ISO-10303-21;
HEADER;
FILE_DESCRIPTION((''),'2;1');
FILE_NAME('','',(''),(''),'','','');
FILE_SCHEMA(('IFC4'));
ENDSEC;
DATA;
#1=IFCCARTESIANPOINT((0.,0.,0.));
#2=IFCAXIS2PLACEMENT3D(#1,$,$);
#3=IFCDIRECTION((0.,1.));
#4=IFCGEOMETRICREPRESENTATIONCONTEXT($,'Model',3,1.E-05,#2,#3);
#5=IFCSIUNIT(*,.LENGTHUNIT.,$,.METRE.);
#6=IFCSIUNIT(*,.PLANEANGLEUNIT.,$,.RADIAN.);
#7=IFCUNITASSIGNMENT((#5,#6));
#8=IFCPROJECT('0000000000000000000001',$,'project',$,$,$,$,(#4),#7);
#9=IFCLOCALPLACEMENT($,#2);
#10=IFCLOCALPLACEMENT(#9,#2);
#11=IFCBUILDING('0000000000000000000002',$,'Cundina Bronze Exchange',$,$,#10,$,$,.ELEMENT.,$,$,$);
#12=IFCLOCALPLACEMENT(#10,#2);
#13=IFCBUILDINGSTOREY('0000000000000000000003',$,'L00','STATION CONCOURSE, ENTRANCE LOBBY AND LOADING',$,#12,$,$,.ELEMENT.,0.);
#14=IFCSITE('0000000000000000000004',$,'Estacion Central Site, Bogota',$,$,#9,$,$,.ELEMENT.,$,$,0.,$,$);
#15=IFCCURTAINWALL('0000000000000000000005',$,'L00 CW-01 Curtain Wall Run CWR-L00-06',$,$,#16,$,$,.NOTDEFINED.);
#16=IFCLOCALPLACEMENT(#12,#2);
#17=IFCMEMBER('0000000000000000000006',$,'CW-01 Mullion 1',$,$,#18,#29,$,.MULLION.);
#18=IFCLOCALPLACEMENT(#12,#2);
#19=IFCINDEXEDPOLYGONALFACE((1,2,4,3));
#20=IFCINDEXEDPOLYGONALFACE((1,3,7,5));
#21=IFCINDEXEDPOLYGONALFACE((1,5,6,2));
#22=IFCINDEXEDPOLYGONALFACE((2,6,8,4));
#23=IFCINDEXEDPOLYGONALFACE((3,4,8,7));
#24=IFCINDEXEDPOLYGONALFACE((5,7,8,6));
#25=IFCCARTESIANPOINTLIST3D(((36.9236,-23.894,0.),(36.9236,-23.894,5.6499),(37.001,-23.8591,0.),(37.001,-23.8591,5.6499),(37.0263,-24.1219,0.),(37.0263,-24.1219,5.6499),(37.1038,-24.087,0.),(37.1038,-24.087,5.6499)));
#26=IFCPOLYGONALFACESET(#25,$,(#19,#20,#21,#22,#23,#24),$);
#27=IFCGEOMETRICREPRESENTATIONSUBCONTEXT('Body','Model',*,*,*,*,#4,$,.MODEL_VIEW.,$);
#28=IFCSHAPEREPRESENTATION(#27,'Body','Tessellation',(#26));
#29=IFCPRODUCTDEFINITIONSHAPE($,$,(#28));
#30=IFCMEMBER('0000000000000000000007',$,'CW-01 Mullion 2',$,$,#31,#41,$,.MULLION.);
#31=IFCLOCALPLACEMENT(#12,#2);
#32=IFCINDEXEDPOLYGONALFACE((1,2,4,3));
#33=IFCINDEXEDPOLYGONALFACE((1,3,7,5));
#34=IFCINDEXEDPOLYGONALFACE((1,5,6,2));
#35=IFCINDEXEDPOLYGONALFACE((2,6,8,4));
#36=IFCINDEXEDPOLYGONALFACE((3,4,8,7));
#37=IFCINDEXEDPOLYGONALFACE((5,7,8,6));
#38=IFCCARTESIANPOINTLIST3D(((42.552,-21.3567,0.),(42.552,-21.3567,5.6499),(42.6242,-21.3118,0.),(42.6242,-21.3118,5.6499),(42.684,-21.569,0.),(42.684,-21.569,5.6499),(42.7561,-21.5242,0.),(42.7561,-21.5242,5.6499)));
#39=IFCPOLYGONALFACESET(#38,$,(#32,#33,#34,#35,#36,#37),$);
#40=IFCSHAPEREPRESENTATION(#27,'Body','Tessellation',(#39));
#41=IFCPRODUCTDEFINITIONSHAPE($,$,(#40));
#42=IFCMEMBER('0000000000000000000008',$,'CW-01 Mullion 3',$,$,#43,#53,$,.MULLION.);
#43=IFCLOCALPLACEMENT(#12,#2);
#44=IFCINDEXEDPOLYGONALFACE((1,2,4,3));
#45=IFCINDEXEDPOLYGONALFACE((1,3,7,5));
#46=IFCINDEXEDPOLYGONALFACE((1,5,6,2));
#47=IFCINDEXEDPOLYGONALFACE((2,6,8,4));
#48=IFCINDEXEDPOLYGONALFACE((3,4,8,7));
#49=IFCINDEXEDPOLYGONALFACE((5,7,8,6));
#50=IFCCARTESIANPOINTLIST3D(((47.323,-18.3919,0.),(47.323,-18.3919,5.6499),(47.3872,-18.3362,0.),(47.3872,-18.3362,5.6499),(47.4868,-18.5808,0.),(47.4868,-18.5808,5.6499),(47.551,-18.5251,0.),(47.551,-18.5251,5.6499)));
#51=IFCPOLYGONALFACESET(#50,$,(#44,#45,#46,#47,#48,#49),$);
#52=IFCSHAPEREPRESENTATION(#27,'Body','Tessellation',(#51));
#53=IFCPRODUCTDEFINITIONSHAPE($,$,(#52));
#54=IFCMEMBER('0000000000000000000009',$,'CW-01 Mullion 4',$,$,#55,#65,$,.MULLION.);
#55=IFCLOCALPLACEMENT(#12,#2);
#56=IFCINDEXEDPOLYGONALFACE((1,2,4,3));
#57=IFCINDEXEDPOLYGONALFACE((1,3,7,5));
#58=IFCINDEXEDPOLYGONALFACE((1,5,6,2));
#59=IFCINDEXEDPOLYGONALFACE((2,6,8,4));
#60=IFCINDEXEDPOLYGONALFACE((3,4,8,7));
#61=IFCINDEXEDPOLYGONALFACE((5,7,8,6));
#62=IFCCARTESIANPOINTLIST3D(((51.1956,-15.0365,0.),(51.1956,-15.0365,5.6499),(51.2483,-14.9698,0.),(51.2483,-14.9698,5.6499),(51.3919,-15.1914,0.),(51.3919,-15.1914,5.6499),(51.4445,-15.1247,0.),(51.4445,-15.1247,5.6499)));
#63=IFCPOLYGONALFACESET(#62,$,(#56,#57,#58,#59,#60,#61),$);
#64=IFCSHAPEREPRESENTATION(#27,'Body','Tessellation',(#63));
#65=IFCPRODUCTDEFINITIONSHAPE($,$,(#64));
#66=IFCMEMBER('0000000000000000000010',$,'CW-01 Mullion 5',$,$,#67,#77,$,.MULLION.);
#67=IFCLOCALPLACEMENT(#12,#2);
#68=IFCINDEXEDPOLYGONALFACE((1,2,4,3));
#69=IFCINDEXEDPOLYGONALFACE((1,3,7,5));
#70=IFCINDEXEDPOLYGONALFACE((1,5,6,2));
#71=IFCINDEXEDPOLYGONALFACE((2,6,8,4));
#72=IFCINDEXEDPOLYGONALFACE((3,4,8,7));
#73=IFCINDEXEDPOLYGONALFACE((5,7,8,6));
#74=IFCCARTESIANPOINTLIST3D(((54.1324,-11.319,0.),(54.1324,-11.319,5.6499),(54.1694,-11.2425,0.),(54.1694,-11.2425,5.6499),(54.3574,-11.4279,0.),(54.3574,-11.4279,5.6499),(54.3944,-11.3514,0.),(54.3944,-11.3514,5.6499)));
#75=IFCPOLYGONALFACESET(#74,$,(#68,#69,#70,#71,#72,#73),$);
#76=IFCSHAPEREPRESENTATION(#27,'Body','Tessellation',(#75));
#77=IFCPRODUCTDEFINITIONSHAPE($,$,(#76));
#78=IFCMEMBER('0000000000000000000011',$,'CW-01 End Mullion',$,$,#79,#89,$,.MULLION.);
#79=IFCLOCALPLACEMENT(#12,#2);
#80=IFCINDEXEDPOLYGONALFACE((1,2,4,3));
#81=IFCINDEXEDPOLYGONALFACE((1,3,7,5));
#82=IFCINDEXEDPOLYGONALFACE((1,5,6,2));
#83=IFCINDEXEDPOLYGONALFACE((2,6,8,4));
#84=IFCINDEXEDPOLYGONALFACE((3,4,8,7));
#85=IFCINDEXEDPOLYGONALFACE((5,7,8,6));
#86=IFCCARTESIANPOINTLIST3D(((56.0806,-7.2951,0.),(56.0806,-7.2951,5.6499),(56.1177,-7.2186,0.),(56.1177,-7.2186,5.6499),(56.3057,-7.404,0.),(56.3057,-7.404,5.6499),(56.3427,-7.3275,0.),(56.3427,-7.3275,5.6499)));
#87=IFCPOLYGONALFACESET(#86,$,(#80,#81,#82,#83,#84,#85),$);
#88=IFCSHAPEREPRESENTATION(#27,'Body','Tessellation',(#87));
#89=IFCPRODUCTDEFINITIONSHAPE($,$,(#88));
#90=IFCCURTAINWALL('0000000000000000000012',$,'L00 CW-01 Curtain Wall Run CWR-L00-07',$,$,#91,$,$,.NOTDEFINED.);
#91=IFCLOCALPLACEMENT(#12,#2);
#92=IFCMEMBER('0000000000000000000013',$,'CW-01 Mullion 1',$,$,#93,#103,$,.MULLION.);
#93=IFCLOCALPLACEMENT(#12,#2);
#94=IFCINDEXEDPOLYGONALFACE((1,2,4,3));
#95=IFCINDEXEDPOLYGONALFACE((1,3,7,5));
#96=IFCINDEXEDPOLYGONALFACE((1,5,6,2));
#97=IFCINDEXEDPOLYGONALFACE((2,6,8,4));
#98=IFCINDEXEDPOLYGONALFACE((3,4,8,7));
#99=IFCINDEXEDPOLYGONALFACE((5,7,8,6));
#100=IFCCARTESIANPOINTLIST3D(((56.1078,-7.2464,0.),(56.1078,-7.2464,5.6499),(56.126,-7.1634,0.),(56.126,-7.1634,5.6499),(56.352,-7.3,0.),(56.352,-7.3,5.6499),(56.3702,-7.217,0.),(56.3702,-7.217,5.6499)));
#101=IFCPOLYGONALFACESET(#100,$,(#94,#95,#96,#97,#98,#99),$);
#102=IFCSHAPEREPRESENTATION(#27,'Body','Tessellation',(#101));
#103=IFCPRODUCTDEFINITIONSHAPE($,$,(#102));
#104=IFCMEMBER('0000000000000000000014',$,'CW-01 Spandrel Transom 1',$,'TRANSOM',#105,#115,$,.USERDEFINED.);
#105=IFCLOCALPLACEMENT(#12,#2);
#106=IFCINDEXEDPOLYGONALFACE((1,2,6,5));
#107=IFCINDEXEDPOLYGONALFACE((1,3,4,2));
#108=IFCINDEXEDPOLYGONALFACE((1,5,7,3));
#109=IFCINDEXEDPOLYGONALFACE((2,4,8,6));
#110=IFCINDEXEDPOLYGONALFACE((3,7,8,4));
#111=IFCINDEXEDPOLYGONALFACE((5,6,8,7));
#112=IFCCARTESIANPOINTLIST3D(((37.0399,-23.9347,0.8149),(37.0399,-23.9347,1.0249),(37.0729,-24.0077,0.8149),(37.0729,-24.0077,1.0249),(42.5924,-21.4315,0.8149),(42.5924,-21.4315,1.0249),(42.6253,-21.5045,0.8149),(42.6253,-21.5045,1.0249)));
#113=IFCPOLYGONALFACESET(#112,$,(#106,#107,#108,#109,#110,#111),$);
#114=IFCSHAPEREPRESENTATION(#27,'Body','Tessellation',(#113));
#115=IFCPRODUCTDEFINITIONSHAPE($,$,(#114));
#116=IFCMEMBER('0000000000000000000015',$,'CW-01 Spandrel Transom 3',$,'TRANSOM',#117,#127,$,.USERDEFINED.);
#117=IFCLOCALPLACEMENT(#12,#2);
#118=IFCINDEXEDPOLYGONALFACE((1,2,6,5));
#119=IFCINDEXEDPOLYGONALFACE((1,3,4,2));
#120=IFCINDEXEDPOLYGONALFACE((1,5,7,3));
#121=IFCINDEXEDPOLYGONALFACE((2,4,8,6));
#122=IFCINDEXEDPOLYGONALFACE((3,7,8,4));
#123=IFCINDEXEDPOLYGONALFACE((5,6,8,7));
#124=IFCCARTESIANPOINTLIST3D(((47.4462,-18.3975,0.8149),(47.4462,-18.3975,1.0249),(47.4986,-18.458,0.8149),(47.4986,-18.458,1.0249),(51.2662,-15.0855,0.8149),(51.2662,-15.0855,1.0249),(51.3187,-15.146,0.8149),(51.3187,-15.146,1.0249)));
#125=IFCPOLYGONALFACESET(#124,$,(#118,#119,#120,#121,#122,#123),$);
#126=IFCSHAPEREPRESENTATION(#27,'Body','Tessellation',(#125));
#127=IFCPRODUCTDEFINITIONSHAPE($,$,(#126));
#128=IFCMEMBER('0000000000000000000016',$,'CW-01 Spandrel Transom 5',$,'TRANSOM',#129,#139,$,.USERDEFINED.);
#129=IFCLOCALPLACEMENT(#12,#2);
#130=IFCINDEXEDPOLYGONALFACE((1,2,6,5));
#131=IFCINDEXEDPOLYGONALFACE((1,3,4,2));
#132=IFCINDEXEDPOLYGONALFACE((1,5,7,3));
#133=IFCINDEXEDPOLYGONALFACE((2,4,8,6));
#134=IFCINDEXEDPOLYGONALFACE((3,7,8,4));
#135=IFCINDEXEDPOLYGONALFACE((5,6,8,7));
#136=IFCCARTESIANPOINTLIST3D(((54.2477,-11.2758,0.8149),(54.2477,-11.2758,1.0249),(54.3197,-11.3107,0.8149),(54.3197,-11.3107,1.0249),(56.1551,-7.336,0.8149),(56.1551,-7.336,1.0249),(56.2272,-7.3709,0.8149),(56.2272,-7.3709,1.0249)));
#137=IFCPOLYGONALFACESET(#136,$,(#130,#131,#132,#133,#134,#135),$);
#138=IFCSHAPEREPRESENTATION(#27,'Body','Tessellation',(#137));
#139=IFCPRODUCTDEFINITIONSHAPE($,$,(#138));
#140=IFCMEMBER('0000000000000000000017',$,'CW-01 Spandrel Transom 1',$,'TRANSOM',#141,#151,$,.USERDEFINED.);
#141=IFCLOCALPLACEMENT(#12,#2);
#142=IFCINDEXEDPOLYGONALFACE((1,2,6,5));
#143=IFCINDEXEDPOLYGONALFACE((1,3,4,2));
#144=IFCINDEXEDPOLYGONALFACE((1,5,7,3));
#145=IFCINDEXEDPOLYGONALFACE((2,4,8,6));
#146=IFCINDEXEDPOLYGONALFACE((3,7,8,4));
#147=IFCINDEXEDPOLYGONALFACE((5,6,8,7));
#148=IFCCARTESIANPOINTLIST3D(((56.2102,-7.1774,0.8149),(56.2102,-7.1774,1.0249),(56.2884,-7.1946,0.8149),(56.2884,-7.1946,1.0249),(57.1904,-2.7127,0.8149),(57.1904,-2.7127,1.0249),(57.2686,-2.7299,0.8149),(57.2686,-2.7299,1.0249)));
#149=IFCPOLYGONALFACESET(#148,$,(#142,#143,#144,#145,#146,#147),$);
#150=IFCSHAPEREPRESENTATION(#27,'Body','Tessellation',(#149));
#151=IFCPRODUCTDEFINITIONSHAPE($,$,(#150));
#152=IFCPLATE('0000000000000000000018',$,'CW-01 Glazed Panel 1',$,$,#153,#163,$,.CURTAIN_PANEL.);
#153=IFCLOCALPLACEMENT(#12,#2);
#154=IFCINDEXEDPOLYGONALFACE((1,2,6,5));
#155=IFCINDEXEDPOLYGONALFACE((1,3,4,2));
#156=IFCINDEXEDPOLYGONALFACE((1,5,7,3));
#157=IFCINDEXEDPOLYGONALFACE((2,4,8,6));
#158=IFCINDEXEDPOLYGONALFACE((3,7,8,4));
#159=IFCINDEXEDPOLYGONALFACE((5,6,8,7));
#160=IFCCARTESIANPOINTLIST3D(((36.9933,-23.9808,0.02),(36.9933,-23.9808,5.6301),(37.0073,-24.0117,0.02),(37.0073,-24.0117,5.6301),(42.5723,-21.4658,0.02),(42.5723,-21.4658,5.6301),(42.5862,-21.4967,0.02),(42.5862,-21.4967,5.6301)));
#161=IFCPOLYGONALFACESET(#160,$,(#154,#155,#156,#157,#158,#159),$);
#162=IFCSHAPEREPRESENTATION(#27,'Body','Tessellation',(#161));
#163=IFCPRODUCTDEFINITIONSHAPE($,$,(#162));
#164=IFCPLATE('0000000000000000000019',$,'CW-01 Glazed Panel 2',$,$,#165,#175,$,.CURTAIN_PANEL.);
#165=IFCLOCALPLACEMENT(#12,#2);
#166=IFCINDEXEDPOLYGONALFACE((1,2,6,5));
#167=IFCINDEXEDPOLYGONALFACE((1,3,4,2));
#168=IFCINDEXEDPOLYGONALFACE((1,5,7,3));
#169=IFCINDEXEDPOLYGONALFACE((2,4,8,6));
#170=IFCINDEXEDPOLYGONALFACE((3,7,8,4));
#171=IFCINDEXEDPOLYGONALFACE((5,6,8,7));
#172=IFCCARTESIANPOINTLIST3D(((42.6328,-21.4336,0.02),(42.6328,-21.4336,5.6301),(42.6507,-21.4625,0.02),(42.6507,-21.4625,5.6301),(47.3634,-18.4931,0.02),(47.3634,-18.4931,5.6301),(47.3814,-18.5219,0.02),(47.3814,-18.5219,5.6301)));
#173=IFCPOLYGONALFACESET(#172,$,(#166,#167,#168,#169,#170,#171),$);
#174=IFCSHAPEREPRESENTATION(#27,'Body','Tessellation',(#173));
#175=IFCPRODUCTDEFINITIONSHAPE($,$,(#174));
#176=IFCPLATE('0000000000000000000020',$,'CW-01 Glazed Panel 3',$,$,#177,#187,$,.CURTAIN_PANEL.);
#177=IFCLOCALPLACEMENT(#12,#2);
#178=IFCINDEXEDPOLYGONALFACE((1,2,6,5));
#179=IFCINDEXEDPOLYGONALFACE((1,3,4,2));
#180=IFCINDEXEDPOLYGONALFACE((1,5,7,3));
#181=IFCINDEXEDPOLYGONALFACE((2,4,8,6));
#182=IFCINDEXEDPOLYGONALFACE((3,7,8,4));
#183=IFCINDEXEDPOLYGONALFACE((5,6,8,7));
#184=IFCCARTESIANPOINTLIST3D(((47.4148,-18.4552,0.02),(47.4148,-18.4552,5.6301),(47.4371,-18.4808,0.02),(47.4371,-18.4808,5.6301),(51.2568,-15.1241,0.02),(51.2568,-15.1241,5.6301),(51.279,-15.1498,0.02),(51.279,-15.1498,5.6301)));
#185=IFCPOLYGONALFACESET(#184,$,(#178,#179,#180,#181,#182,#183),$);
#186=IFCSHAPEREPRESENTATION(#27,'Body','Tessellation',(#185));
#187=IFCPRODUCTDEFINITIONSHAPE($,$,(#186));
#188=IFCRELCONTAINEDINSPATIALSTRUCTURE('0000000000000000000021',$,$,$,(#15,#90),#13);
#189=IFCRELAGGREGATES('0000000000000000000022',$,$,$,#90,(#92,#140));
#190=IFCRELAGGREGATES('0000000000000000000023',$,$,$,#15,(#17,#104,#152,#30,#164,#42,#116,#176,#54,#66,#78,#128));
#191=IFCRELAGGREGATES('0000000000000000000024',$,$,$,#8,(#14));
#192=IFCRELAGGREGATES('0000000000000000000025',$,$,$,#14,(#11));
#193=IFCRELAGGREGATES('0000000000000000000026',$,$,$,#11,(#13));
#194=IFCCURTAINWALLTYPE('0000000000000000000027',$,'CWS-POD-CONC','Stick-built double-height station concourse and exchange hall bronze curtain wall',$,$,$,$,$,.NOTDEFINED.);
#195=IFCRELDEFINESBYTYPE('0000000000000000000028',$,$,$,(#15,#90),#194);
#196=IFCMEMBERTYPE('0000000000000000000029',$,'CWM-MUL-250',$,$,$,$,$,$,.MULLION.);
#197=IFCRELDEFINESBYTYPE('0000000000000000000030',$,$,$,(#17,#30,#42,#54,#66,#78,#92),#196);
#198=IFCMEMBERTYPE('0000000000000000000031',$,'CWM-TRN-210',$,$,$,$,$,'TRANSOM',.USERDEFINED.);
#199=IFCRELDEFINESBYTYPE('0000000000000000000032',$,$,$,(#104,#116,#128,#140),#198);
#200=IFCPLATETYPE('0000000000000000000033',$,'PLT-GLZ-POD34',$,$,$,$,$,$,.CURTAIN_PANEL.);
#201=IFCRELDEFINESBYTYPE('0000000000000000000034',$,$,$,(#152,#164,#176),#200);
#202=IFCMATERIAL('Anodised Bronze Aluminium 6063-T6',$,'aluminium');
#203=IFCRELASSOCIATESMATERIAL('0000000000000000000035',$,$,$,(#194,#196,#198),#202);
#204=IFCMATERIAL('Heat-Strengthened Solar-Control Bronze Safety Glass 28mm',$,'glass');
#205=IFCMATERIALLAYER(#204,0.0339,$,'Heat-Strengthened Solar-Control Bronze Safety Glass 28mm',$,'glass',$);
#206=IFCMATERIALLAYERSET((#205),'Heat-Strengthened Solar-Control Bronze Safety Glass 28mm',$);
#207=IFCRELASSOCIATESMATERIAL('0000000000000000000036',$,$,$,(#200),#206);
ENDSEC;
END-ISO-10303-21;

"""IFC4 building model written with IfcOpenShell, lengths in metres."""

from ifc_helpers import new_model, si_unit, direction, frame, origin, origin_2d, place, context, subcontext, project, spatial, rectangle, extrude, material, layer, layer_set, material_profile, profile_set, type_object, element, aggregate, save


model = new_model("IFC4")

# Units and contexts
model_context = context("Model", 3, precision=1e-05, world=origin(), true_north=direction((0.0, 1.0)))
body_context = subcontext(model_context, "Body", "Model", "MODEL_VIEW")
ifc_project = project(units=[si_unit("LENGTHUNIT", "METRE"), si_unit("PLANEANGLEUNIT", "RADIAN")], contexts=[model_context])

# Site, building, storey
site_placement = place(None, origin())
site = spatial("IfcSite", under=ifc_project, at=site_placement, Name="Estacion Central Site, Bogota", CompositionType="ELEMENT", RefElevation=0.0)
building_placement = place(site_placement, origin())
building = spatial("IfcBuilding", under=site, at=building_placement, Name="Cundina Bronze Exchange", CompositionType="ELEMENT")
storey_placement = place(building_placement, origin())
storey = spatial("IfcBuildingStorey", under=building, at=storey_placement, Name="L00", Description="STATION CONCOURSE, ENTRANCE LOBBY AND LOADING", CompositionType="ELEMENT", Elevation=0.0)

# Curtain wall, members
ifc_material_1 = material(Name="Anodised Bronze Aluminium 6063-T6", Category="aluminium")
curtain_wall_type = type_object("IfcCurtainWallType", Name="CWS-POD-CONC", Description="Stick-built double-height station concourse and exchange hall bronze curtain wall", PredefinedType="NOTDEFINED", material=ifc_material_1)
curtain_wall_1_placement = place(storey_placement, origin())
curtain_wall_1 = element("IfcCurtainWall", 1, at=curtain_wall_1_placement, inside=storey, type_object=curtain_wall_type, Name="L00 CW-01 Curtain Wall Run CWR-L00-06", PredefinedType="NOTDEFINED")
ifc_material_profile_1 = material_profile(ifc_material_1, rectangle(XDim=0.085, YDim=0.25, at=origin_2d()), Name="AL85X250", Category="aluminium")
ifc_profile_set_1 = profile_set([ifc_material_profile_1], Name="Anodised Bronze Aluminium 6063-T6")
member_type_1 = type_object("IfcMemberType", Name="CWM-MUL-250", PredefinedType="MULLION", material=ifc_profile_set_1)
member_1_placement = place(storey_placement, frame((37.0137, -23.9905, 0.0), z_axis=(0.0, 0.0, 1.0), x_axis=(0.911619, 0.411037, 0.0)))
member_1 = element("IfcMember", 2, at=member_1_placement, type_object=member_type_1, Name="CW-01 Mullion 1", PredefinedType="MULLION", context=body_context, shape_type="SweptSolid", body=[
    extrude(rectangle(XDim=0.085, YDim=0.25, at=origin_2d()), origin(), (0.0, 0.0, 1.0), 5.6499),
])
member_2_placement = place(storey_placement, frame((42.6541, -21.4404, 0.0), z_axis=(0.0, 0.0, 1.0), x_axis=(0.84934, 0.527846, 0.0)))
member_2 = element("IfcMember", 3, at=member_2_placement, type_object=member_type_1, Name="CW-01 Mullion 2", PredefinedType="MULLION", context=body_context, shape_type="SweptSolid", body=[
    extrude(rectangle(XDim=0.085, YDim=0.25, at=origin_2d()), origin(), (0.0, 0.0, 1.0), 5.6499),
])
member_3_placement = place(storey_placement, frame((47.437, -18.4585, 0.0), z_axis=(0.0, 0.0, 1.0), x_axis=(0.755511, 0.655136, 0.0)))
member_3 = element("IfcMember", 4, at=member_3_placement, type_object=member_type_1, Name="CW-01 Mullion 3", PredefinedType="MULLION", context=body_context, shape_type="SweptSolid", body=[
    extrude(rectangle(XDim=0.085, YDim=0.25, at=origin_2d()), origin(), (0.0, 0.0, 1.0), 5.6499),
])
member_4_placement = place(storey_placement, frame((51.3201, -15.0806, 0.0), z_axis=(0.0, 0.0, 1.0), x_axis=(0.619505, 0.784993, 0.0)))
member_4 = element("IfcMember", 5, at=member_4_placement, type_object=member_type_1, Name="CW-01 Mullion 4", PredefinedType="MULLION", context=body_context, shape_type="SweptSolid", body=[
    extrude(rectangle(XDim=0.085, YDim=0.25, at=origin_2d()), origin(), (0.0, 0.0, 1.0), 5.6499),
])
member_5_placement = place(storey_placement, frame((54.2634, -11.3352, 0.0), z_axis=(0.0, 0.0, 1.0), x_axis=(0.435702, 0.900091, 0.0)))
member_5 = element("IfcMember", 6, at=member_5_placement, type_object=member_type_1, Name="CW-01 Mullion 5", PredefinedType="MULLION", context=body_context, shape_type="SweptSolid", body=[
    extrude(rectangle(XDim=0.085, YDim=0.25, at=origin_2d()), origin(), (0.0, 0.0, 1.0), 5.6499),
])
member_6_placement = place(storey_placement, frame((56.2117, -7.3113, 0.0), z_axis=(0.0, 0.0, 1.0), x_axis=(0.435702, 0.900091, 0.0)))
member_6 = element("IfcMember", 7, at=member_6_placement, type_object=member_type_1, Name="CW-01 End Mullion", PredefinedType="MULLION", context=body_context, shape_type="SweptSolid", body=[
    extrude(rectangle(XDim=0.085, YDim=0.25, at=origin_2d()), origin(), (0.0, 0.0, 1.0), 5.6499),
])

# Curtain wall, member
curtain_wall_2_placement = place(storey_placement, origin())
curtain_wall_2 = element("IfcCurtainWall", 8, at=curtain_wall_2_placement, inside=storey, type_object=curtain_wall_type, Name="L00 CW-01 Curtain Wall Run CWR-L00-07", PredefinedType="NOTDEFINED")
member_7_placement = place(storey_placement, frame((56.239, -7.2317, 0.0), z_axis=(0.0, 0.0, 1.0), x_axis=(0.214565, 0.97671, 0.0)))
member_7 = element("IfcMember", 9, at=member_7_placement, type_object=member_type_1, Name="CW-01 Mullion 1", PredefinedType="MULLION", context=body_context, shape_type="SweptSolid", body=[
    extrude(rectangle(XDim=0.085, YDim=0.25, at=origin_2d()), origin(), (0.0, 0.0, 1.0), 5.6499),
])

# Members
ifc_material_profile_2 = material_profile(ifc_material_1, rectangle(XDim=0.0801, YDim=0.21, at=origin_2d()), Name="AL80X210", Category="aluminium")
ifc_profile_set_2 = profile_set([ifc_material_profile_2], Name="Anodised Bronze Aluminium 6063-T6")
member_type_2 = type_object("IfcMemberType", Name="CWM-TRN-210", ElementType="TRANSOM", PredefinedType="USERDEFINED", material=ifc_profile_set_2)
member_8_placement = place(storey_placement, frame((37.0564, -23.9712, 0.9199), z_axis=(0.911642, 0.410986, 0.0), x_axis=(-0.410986, 0.911642, 0.0)))
member_8 = element("IfcMember", 10, at=member_8_placement, type_object=member_type_2, Name="CW-01 Spandrel Transom 1", ObjectType="TRANSOM", PredefinedType="USERDEFINED", context=body_context, shape_type="SweptSolid", body=[
    extrude(rectangle(XDim=0.0801, YDim=0.21, at=origin_2d()), origin(), (0.0, 0.0, 1.0), 6.0906),
])
member_9_placement = place(storey_placement, frame((47.4724, -18.4277, 0.9199), z_axis=(0.755563, 0.655076, 0.0), x_axis=(-0.655076, 0.755563, 0.0)))
member_9 = element("IfcMember", 11, at=member_9_placement, type_object=member_type_2, Name="CW-01 Spandrel Transom 3", ObjectType="TRANSOM", PredefinedType="USERDEFINED", context=body_context, shape_type="SweptSolid", body=[
    extrude(rectangle(XDim=0.0801, YDim=0.21, at=origin_2d()), origin(), (0.0, 0.0, 1.0), 5.0559),
])
member_10_placement = place(storey_placement, frame((54.2837, -11.2932, 0.9199), z_axis=(0.435777, 0.900055, 0.0), x_axis=(-0.900055, 0.435777, 0.0)))
member_10 = element("IfcMember", 12, at=member_10_placement, type_object=member_type_2, Name="CW-01 Spandrel Transom 5", ObjectType="TRANSOM", PredefinedType="USERDEFINED", context=body_context, shape_type="SweptSolid", body=[
    extrude(rectangle(XDim=0.0801, YDim=0.21, at=origin_2d()), origin(), (0.0, 0.0, 1.0), 4.3772),
])
member_11_placement = place(storey_placement, frame((56.2493, -7.186, 0.9199), z_axis=(0.214447, 0.976736, 0.0), x_axis=(-0.976736, 0.214447, 0.0)))
member_11 = element("IfcMember", 13, at=member_11_placement, type_object=member_type_2, Name="CW-01 Spandrel Transom 1", ObjectType="TRANSOM", PredefinedType="USERDEFINED", context=body_context, shape_type="SweptSolid", body=[
    extrude(rectangle(XDim=0.0801, YDim=0.21, at=origin_2d()), origin(), (0.0, 0.0, 1.0), 4.571),
])
aggregate(curtain_wall_2, [member_7, member_11])

# Plates
ifc_material_2 = material(Name="Heat-Strengthened Solar-Control Bronze Safety Glass 28mm", Category="glass")
ifc_layer_1 = layer(ifc_material_2, 0.0339, Name="Heat-Strengthened Solar-Control Bronze Safety Glass 28mm", Category="glass")
ifc_layer_set_1 = layer_set([ifc_layer_1], Name="Heat-Strengthened Solar-Control Bronze Safety Glass 28mm")
plate_type_1 = type_object("IfcPlateType", Name="PLT-GLZ-POD34", PredefinedType="CURTAIN_PANEL", material=ifc_layer_set_1)
plate_1_placement = place(storey_placement, frame((39.7898, -22.7388, 0.02), z_axis=(0.0, 0.0, 1.0), x_axis=(0.911647, 0.410973, 0.0)))
plate_1 = element("IfcPlate", 14, at=plate_1_placement, type_object=plate_type_1, Name="CW-01 Glazed Panel 1", PredefinedType="CURTAIN_PANEL", context=body_context, shape_type="SweptSolid", body=[
    extrude(rectangle(XDim=6.1196, YDim=0.0339, at=origin_2d()), origin(), (0.0, 0.0, 1.0), 5.6101),
])
plate_2_placement = place(storey_placement, frame((45.0071, -19.9778, 0.02), z_axis=(0.0, 0.0, 1.0), x_axis=(0.849294, 0.52792, 0.0)))
plate_2 = element("IfcPlate", 15, at=plate_2_placement, type_object=plate_type_1, Name="CW-01 Glazed Panel 2", PredefinedType="CURTAIN_PANEL", context=body_context, shape_type="SweptSolid", body=[
    extrude(rectangle(XDim=5.5701, YDim=0.0339, at=origin_2d()), origin(), (0.0, 0.0, 1.0), 5.6101),
])
plate_3_placement = place(storey_placement, frame((49.3469, -16.8025, 0.02), z_axis=(0.0, 0.0, 1.0), x_axis=(0.755556, 0.655084, 0.0)))
plate_3 = element("IfcPlate", 16, at=plate_3_placement, type_object=plate_type_1, Name="CW-01 Glazed Panel 3", PredefinedType="CURTAIN_PANEL", context=body_context, shape_type="SweptSolid", body=[
    extrude(rectangle(XDim=5.085, YDim=0.0339, at=origin_2d()), origin(), (0.0, 0.0, 1.0), 5.6101),
])
aggregate(curtain_wall_1, [member_1, member_8, plate_1, member_2, plate_2, member_3, member_9, plate_3, member_4, member_5, member_6, member_10])

save(model, "model.ifc")
